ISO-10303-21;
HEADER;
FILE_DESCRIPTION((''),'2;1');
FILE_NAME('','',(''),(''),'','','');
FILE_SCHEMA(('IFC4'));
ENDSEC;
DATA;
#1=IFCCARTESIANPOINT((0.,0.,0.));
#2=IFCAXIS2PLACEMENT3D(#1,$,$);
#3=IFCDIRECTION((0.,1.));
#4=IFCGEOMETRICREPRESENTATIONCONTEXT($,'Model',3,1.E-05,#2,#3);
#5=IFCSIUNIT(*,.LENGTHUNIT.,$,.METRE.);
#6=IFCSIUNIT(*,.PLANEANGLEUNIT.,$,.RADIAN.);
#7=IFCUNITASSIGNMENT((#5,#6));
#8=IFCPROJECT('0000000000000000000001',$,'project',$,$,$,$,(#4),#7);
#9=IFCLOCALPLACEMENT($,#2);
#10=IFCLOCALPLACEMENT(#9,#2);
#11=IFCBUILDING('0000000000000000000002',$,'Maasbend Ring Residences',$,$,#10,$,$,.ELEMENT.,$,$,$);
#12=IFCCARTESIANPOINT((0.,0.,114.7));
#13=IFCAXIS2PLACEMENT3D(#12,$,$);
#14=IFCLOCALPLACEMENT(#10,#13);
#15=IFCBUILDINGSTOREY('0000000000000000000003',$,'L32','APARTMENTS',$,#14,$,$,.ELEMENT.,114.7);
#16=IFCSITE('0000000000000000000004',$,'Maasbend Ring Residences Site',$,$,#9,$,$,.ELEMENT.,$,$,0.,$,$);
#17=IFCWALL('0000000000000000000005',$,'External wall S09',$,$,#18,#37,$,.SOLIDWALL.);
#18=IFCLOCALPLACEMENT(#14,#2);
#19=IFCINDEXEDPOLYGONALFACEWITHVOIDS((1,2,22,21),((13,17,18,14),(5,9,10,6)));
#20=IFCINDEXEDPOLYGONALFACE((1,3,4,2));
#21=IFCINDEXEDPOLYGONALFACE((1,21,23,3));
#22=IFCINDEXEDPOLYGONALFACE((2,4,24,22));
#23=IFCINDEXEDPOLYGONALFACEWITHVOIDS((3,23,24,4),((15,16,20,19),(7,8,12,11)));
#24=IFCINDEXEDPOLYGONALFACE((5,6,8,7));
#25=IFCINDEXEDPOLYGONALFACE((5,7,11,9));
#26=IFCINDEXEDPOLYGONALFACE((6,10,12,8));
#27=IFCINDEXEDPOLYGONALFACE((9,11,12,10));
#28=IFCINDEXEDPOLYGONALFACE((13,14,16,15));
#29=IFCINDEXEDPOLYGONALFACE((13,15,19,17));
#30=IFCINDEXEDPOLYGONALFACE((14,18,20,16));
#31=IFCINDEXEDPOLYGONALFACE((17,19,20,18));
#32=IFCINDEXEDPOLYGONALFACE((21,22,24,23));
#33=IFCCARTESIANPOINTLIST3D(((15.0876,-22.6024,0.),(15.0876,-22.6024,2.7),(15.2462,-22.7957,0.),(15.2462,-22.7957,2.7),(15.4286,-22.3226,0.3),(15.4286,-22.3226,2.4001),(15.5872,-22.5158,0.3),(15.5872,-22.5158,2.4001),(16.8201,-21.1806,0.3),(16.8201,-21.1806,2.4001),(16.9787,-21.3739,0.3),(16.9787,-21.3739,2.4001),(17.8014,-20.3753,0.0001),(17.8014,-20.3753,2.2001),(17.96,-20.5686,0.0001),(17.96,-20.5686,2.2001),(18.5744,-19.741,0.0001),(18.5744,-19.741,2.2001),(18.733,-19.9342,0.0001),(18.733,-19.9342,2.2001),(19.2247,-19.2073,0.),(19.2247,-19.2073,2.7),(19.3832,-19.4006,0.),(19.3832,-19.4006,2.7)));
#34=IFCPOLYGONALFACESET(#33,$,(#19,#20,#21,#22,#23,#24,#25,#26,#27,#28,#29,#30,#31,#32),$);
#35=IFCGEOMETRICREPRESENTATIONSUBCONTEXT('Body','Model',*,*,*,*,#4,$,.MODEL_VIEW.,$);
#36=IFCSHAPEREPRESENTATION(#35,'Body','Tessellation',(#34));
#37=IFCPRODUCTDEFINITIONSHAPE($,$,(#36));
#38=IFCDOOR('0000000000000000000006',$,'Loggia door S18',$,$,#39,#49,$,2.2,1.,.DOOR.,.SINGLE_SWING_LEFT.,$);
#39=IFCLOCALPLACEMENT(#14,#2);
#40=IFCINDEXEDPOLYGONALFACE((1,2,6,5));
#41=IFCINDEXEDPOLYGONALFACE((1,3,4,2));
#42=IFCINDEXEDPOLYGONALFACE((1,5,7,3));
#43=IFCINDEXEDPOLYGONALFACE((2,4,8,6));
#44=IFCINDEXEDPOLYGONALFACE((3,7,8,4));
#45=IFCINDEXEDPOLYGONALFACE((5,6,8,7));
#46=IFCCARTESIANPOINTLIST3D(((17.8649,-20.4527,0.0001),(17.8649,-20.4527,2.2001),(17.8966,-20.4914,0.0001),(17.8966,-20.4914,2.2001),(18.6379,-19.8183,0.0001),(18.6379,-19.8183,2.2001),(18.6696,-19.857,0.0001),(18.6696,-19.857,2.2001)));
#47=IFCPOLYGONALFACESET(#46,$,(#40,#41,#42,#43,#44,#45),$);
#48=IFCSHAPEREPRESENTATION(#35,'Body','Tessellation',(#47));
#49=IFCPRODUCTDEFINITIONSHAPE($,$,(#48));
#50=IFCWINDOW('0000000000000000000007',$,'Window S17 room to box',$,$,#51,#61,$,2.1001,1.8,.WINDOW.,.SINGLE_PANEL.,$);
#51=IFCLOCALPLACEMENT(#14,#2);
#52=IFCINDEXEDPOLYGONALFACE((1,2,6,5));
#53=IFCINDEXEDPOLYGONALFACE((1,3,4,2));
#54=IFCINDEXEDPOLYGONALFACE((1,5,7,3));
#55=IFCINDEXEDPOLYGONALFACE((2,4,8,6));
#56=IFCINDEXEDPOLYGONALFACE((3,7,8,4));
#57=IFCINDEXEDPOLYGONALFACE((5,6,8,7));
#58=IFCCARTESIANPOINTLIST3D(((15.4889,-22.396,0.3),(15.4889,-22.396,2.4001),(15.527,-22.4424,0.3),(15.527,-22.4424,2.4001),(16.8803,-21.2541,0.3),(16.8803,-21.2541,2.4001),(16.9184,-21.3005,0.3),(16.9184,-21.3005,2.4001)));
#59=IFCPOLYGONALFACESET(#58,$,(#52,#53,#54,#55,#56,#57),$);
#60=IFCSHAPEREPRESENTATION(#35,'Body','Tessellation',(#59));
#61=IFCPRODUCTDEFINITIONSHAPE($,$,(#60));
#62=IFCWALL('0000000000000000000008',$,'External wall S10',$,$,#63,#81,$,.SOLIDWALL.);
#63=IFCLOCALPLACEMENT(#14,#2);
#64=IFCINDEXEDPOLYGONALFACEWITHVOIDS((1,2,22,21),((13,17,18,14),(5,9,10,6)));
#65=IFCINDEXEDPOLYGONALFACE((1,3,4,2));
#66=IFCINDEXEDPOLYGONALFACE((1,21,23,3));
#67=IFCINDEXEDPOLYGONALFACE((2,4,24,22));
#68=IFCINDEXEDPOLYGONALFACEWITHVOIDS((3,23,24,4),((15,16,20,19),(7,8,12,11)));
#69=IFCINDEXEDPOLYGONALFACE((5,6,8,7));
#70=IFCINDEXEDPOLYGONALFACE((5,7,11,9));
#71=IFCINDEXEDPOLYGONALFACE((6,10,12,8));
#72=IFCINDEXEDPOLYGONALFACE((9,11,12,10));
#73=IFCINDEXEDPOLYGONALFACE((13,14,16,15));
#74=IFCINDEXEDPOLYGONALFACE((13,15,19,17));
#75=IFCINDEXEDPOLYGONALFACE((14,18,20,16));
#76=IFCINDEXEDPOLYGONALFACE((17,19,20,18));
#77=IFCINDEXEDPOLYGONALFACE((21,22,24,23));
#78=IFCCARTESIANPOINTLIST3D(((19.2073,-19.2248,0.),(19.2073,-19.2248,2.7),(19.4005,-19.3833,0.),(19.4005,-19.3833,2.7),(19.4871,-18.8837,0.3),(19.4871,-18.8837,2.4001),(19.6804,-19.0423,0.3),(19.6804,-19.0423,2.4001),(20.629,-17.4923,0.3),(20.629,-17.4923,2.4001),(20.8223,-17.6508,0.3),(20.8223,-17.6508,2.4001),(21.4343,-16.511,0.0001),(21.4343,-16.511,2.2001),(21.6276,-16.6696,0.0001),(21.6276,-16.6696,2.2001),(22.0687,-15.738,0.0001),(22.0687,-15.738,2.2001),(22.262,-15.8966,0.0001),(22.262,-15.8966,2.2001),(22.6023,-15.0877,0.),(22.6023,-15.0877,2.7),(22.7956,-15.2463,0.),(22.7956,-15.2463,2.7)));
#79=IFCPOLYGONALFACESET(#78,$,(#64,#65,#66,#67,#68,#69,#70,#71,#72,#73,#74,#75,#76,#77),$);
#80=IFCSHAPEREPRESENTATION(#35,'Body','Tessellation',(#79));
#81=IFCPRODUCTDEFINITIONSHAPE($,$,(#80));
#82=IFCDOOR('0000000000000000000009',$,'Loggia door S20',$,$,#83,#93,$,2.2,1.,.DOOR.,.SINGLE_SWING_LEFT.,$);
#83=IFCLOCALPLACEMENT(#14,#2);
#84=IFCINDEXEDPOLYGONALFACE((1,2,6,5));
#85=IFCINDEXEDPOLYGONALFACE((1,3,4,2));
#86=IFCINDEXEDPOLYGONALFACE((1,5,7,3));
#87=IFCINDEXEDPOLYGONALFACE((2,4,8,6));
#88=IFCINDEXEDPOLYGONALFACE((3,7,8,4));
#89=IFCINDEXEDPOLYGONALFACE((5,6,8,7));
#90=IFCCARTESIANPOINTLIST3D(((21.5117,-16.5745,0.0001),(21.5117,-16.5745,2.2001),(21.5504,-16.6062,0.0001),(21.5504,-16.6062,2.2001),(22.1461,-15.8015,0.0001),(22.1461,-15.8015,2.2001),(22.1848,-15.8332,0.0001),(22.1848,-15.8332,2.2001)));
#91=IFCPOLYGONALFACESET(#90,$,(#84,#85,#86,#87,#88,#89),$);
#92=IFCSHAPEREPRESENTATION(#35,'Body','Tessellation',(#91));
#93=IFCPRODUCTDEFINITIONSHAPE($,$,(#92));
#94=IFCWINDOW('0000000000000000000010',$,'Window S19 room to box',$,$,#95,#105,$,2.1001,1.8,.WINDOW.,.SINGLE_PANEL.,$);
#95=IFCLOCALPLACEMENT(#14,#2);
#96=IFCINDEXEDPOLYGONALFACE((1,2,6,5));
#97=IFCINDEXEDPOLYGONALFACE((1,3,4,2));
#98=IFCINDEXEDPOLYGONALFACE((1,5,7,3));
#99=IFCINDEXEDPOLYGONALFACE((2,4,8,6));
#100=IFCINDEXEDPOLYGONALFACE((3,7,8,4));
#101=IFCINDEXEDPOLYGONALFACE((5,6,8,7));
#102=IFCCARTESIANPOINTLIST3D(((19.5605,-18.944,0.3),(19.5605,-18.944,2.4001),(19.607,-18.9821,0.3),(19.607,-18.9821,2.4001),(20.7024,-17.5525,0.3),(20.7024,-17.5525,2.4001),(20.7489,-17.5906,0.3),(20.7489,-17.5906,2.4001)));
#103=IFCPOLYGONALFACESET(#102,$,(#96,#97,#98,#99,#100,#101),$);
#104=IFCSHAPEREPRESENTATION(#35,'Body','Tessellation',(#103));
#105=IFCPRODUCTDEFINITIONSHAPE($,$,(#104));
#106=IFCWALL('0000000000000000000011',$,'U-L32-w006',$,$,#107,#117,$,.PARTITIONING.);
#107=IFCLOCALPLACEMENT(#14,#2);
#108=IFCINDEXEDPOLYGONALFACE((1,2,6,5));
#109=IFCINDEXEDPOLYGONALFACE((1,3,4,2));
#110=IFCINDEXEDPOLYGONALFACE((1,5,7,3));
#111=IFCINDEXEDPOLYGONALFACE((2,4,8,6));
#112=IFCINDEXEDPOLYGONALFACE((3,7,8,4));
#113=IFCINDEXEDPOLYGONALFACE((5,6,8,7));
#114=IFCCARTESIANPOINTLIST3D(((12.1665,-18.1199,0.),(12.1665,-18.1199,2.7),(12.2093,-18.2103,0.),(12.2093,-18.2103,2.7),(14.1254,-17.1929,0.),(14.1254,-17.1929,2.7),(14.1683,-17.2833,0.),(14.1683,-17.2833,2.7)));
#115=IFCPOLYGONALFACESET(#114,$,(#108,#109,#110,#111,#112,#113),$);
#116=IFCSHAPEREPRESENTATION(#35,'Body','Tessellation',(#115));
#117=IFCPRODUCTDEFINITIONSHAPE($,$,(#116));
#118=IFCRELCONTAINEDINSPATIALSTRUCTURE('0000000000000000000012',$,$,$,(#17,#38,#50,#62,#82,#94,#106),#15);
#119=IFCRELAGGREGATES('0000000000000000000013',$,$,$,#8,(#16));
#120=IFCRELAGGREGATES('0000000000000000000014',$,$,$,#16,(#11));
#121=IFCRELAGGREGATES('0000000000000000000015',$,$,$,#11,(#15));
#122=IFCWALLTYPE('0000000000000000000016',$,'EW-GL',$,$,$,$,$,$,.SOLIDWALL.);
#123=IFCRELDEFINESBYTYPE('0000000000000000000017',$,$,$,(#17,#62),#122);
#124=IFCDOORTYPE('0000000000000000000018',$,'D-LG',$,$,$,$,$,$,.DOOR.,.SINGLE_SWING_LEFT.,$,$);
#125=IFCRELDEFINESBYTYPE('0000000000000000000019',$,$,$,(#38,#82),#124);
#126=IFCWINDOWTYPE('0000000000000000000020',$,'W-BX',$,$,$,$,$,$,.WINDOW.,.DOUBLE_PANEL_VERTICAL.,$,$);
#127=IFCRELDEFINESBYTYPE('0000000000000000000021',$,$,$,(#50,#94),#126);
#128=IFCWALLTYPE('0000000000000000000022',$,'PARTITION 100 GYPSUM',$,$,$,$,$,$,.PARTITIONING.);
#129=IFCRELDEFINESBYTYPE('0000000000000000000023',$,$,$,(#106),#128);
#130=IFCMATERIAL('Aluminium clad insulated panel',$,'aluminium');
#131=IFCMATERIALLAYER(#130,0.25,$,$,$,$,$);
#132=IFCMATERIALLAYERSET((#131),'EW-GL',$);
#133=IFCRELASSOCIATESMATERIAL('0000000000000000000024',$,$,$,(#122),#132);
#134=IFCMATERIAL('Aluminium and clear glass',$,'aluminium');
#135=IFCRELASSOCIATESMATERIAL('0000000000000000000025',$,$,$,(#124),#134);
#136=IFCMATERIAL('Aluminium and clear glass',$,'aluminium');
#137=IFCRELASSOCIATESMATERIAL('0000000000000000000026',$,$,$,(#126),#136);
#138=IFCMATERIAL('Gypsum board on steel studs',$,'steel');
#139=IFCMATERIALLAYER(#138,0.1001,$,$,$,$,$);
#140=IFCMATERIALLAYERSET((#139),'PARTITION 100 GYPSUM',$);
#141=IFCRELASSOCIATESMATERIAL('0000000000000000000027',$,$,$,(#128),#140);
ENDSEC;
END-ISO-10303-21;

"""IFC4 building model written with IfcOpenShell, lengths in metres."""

from ifc_helpers import new_model, si_unit, direction, frame, frame_2d, origin, place, context, subcontext, project, spatial, rectangle, extrude, material, layer, layer_set, type_object, element, fill, save


model = new_model("IFC4")

# Units and contexts
model_context = context("Model", 3, precision=1e-05, world=origin(), true_north=direction((0.0, 1.0)))
body_context = subcontext(model_context, "Body", "Model", "MODEL_VIEW")
ifc_project = project(units=[si_unit("LENGTHUNIT", "METRE"), si_unit("PLANEANGLEUNIT", "RADIAN")], contexts=[model_context])

# Site, building, storey
site_placement = place(None, origin())
site = spatial("IfcSite", under=ifc_project, at=site_placement, Name="Maasbend Ring Residences Site", CompositionType="ELEMENT", RefElevation=0.0)
building_placement = place(site_placement, origin())
building = spatial("IfcBuilding", under=site, at=building_placement, Name="Maasbend Ring Residences", CompositionType="ELEMENT")
storey_placement = place(building_placement, frame((0.0, 0.0, 114.7)))
storey = spatial("IfcBuildingStorey", under=building, at=storey_placement, Name="L32", Description="APARTMENTS", CompositionType="ELEMENT", Elevation=114.7)

# Walls, openings, doors, windows
ifc_material_1 = material(Name="Aluminium clad insulated panel", Category="aluminium")
ifc_layer_1 = layer(ifc_material_1, 0.25)
ifc_layer_set_1 = layer_set([ifc_layer_1], Name="EW-GL")
wall_type_1 = type_object("IfcWallType", Name="EW-GL", PredefinedType="SOLIDWALL", material=ifc_layer_set_1)
wall_1_placement = place(storey_placement, frame((15.167, -22.699, 0.0), z_axis=(0.0, 0.0, 1.0), x_axis=(0.773019, 0.634382, 0.0)))
wall_1 = element("IfcWall", 1, at=wall_1_placement, inside=storey, type_object=wall_type_1, Name="External wall S09", PredefinedType="SOLIDWALL", context=body_context, shape_type="SweptSolid", body=[
    extrude(rectangle(XDim=5.3518, YDim=0.25, at=frame_2d((2.6758, 0.0))), origin(), (0.0, 0.0, 1.0), 2.7),
])
opening_1_placement = place(wall_1_placement, frame((0.4412, 0.0, 0.3)))
opening_1 = element("IfcOpeningElement", 2, at=opening_1_placement, cuts=wall_1, PredefinedType="OPENING", context=body_context, shape_type="SweptSolid", body=[
    extrude(rectangle(XDim=1.8, YDim=2.1001, at=frame_2d((0.8999, 1.05))), frame((0.0, 0.135, 0.0), z_axis=(0.0, -1.0, 0.0), x_axis=(1.0, 0.0, 0.0)), (0.0, 0.0, 1.0), 0.27),
])
opening_2_placement = place(wall_1_placement, frame((3.5105, 0.0, 0.0)))
opening_2 = element("IfcOpeningElement", 3, at=opening_2_placement, cuts=wall_1, PredefinedType="OPENING", context=body_context, shape_type="SweptSolid", body=[
    extrude(rectangle(XDim=1.0, YDim=2.2, at=frame_2d((0.5, 1.1001))), frame((0.0, 0.135, 0.0), z_axis=(0.0, -1.0, 0.0), x_axis=(1.0, 0.0, 0.0)), (0.0, 0.0, 1.0), 0.27),
])
ifc_material_2 = material(Name="Aluminium and clear glass", Category="aluminium")
door_type = type_object("IfcDoorType", Name="D-LG", OperationType="SINGLE_SWING_LEFT", PredefinedType="DOOR", material=ifc_material_2)
door_1_placement = place(opening_2_placement, origin())
door_1 = element("IfcDoor", 4, at=door_1_placement, inside=storey, type_object=door_type, Name="Loggia door S18", OperationType="SINGLE_SWING_LEFT", OverallHeight=2.2, OverallWidth=1.0, PredefinedType="DOOR", context=body_context, shape_type="SweptSolid", body=[
    extrude(rectangle(XDim=1.0, YDim=2.2, at=frame_2d((0.5, 1.1001))), frame((0.0, 0.0249, 0.0), z_axis=(0.0, -1.0, 0.0), x_axis=(1.0, 0.0, 0.0)), (0.0, 0.0, 1.0), 0.05),
])
fill(opening_2, door_1)
ifc_material_3 = material(Name="Aluminium and clear glass", Category="aluminium")
window_type_1 = type_object("IfcWindowType", Name="W-BX", PartitioningType="DOUBLE_PANEL_VERTICAL", PredefinedType="WINDOW", material=ifc_material_3)
window_1_placement = place(opening_1_placement, origin())
window_1 = element("IfcWindow", 5, at=window_1_placement, inside=storey, type_object=window_type_1, Name="Window S17 room to box", OverallHeight=2.1001, OverallWidth=1.8, PartitioningType="SINGLE_PANEL", PredefinedType="WINDOW", context=body_context, shape_type="SweptSolid", body=[
    extrude(rectangle(XDim=1.8, YDim=2.1001, at=frame_2d((0.8999, 1.05))), frame((0.0, 0.03, 0.0), z_axis=(0.0, -1.0, 0.0), x_axis=(1.0, 0.0, 0.0)), (0.0, 0.0, 1.0), 0.0601),
])
fill(opening_1, window_1)
wall_2_placement = place(storey_placement, frame((19.304, -19.304, 0.0), z_axis=(0.0, 0.0, 1.0), x_axis=(0.634382, 0.773019, 0.0)))
wall_2 = element("IfcWall", 6, at=wall_2_placement, inside=storey, type_object=wall_type_1, Name="External wall S10", PredefinedType="SOLIDWALL", context=body_context, shape_type="SweptSolid", body=[
    extrude(rectangle(XDim=5.3518, YDim=0.25, at=frame_2d((2.6758, 0.0))), origin(), (0.0, 0.0, 1.0), 2.7),
])
opening_3_placement = place(wall_2_placement, frame((0.4412, 0.0, 0.3)))
opening_3 = element("IfcOpeningElement", 7, at=opening_3_placement, cuts=wall_2, PredefinedType="OPENING", context=body_context, shape_type="SweptSolid", body=[
    extrude(rectangle(XDim=1.8, YDim=2.1001, at=frame_2d((0.8999, 1.05))), frame((0.0, 0.135, 0.0), z_axis=(0.0, -1.0, 0.0), x_axis=(1.0, 0.0, 0.0)), (0.0, 0.0, 1.0), 0.27),
])
opening_4_placement = place(wall_2_placement, frame((3.5105, 0.0, 0.0)))
opening_4 = element("IfcOpeningElement", 8, at=opening_4_placement, cuts=wall_2, PredefinedType="OPENING", context=body_context, shape_type="SweptSolid", body=[
    extrude(rectangle(XDim=1.0, YDim=2.2, at=frame_2d((0.5, 1.1001))), frame((0.0, 0.135, 0.0), z_axis=(0.0, -1.0, 0.0), x_axis=(1.0, 0.0, 0.0)), (0.0, 0.0, 1.0), 0.27),
])
door_2_placement = place(opening_4_placement, origin())
door_2 = element("IfcDoor", 9, at=door_2_placement, inside=storey, type_object=door_type, Name="Loggia door S20", OperationType="SINGLE_SWING_LEFT", OverallHeight=2.2, OverallWidth=1.0, PredefinedType="DOOR", context=body_context, shape_type="SweptSolid", body=[
    extrude(rectangle(XDim=1.0, YDim=2.2, at=frame_2d((0.5, 1.1001))), frame((0.0, 0.0249, 0.0), z_axis=(0.0, -1.0, 0.0), x_axis=(1.0, 0.0, 0.0)), (0.0, 0.0, 1.0), 0.05),
])
fill(opening_4, door_2)
window_2_placement = place(opening_3_placement, origin())
window_2 = element("IfcWindow", 10, at=window_2_placement, inside=storey, type_object=window_type_1, Name="Window S19 room to box", OverallHeight=2.1001, OverallWidth=1.8, PartitioningType="SINGLE_PANEL", PredefinedType="WINDOW", context=body_context, shape_type="SweptSolid", body=[
    extrude(rectangle(XDim=1.8, YDim=2.1001, at=frame_2d((0.8999, 1.05))), frame((0.0, 0.03, 0.0), z_axis=(0.0, -1.0, 0.0), x_axis=(1.0, 0.0, 0.0)), (0.0, 0.0, 1.0), 0.0601),
])
fill(opening_3, window_2)

# Wall
ifc_material_4 = material(Name="Gypsum board on steel studs", Category="steel")
ifc_layer_2 = layer(ifc_material_4, 0.1001)
ifc_layer_set_2 = layer_set([ifc_layer_2], Name="PARTITION 100 GYPSUM")
wall_type_2 = type_object("IfcWallType", Name="PARTITION 100 GYPSUM", PredefinedType="PARTITIONING", material=ifc_layer_set_2)
wall_3_placement = place(storey_placement, frame((12.188, -18.165, 0.0), z_axis=(0.0, 0.0, 1.0), x_axis=(0.903905, 0.427733, 0.0)))
element("IfcWall", 11, at=wall_3_placement, inside=storey, type_object=wall_type_2, Name="U-L32-w006", PredefinedType="PARTITIONING", context=body_context, shape_type="SweptSolid", body=[
    extrude(rectangle(XDim=2.1672, YDim=0.1001, at=frame_2d((1.0835, 0.0))), origin(), (0.0, 0.0, 1.0), 2.7),
])

save(model, "model.ifc")
